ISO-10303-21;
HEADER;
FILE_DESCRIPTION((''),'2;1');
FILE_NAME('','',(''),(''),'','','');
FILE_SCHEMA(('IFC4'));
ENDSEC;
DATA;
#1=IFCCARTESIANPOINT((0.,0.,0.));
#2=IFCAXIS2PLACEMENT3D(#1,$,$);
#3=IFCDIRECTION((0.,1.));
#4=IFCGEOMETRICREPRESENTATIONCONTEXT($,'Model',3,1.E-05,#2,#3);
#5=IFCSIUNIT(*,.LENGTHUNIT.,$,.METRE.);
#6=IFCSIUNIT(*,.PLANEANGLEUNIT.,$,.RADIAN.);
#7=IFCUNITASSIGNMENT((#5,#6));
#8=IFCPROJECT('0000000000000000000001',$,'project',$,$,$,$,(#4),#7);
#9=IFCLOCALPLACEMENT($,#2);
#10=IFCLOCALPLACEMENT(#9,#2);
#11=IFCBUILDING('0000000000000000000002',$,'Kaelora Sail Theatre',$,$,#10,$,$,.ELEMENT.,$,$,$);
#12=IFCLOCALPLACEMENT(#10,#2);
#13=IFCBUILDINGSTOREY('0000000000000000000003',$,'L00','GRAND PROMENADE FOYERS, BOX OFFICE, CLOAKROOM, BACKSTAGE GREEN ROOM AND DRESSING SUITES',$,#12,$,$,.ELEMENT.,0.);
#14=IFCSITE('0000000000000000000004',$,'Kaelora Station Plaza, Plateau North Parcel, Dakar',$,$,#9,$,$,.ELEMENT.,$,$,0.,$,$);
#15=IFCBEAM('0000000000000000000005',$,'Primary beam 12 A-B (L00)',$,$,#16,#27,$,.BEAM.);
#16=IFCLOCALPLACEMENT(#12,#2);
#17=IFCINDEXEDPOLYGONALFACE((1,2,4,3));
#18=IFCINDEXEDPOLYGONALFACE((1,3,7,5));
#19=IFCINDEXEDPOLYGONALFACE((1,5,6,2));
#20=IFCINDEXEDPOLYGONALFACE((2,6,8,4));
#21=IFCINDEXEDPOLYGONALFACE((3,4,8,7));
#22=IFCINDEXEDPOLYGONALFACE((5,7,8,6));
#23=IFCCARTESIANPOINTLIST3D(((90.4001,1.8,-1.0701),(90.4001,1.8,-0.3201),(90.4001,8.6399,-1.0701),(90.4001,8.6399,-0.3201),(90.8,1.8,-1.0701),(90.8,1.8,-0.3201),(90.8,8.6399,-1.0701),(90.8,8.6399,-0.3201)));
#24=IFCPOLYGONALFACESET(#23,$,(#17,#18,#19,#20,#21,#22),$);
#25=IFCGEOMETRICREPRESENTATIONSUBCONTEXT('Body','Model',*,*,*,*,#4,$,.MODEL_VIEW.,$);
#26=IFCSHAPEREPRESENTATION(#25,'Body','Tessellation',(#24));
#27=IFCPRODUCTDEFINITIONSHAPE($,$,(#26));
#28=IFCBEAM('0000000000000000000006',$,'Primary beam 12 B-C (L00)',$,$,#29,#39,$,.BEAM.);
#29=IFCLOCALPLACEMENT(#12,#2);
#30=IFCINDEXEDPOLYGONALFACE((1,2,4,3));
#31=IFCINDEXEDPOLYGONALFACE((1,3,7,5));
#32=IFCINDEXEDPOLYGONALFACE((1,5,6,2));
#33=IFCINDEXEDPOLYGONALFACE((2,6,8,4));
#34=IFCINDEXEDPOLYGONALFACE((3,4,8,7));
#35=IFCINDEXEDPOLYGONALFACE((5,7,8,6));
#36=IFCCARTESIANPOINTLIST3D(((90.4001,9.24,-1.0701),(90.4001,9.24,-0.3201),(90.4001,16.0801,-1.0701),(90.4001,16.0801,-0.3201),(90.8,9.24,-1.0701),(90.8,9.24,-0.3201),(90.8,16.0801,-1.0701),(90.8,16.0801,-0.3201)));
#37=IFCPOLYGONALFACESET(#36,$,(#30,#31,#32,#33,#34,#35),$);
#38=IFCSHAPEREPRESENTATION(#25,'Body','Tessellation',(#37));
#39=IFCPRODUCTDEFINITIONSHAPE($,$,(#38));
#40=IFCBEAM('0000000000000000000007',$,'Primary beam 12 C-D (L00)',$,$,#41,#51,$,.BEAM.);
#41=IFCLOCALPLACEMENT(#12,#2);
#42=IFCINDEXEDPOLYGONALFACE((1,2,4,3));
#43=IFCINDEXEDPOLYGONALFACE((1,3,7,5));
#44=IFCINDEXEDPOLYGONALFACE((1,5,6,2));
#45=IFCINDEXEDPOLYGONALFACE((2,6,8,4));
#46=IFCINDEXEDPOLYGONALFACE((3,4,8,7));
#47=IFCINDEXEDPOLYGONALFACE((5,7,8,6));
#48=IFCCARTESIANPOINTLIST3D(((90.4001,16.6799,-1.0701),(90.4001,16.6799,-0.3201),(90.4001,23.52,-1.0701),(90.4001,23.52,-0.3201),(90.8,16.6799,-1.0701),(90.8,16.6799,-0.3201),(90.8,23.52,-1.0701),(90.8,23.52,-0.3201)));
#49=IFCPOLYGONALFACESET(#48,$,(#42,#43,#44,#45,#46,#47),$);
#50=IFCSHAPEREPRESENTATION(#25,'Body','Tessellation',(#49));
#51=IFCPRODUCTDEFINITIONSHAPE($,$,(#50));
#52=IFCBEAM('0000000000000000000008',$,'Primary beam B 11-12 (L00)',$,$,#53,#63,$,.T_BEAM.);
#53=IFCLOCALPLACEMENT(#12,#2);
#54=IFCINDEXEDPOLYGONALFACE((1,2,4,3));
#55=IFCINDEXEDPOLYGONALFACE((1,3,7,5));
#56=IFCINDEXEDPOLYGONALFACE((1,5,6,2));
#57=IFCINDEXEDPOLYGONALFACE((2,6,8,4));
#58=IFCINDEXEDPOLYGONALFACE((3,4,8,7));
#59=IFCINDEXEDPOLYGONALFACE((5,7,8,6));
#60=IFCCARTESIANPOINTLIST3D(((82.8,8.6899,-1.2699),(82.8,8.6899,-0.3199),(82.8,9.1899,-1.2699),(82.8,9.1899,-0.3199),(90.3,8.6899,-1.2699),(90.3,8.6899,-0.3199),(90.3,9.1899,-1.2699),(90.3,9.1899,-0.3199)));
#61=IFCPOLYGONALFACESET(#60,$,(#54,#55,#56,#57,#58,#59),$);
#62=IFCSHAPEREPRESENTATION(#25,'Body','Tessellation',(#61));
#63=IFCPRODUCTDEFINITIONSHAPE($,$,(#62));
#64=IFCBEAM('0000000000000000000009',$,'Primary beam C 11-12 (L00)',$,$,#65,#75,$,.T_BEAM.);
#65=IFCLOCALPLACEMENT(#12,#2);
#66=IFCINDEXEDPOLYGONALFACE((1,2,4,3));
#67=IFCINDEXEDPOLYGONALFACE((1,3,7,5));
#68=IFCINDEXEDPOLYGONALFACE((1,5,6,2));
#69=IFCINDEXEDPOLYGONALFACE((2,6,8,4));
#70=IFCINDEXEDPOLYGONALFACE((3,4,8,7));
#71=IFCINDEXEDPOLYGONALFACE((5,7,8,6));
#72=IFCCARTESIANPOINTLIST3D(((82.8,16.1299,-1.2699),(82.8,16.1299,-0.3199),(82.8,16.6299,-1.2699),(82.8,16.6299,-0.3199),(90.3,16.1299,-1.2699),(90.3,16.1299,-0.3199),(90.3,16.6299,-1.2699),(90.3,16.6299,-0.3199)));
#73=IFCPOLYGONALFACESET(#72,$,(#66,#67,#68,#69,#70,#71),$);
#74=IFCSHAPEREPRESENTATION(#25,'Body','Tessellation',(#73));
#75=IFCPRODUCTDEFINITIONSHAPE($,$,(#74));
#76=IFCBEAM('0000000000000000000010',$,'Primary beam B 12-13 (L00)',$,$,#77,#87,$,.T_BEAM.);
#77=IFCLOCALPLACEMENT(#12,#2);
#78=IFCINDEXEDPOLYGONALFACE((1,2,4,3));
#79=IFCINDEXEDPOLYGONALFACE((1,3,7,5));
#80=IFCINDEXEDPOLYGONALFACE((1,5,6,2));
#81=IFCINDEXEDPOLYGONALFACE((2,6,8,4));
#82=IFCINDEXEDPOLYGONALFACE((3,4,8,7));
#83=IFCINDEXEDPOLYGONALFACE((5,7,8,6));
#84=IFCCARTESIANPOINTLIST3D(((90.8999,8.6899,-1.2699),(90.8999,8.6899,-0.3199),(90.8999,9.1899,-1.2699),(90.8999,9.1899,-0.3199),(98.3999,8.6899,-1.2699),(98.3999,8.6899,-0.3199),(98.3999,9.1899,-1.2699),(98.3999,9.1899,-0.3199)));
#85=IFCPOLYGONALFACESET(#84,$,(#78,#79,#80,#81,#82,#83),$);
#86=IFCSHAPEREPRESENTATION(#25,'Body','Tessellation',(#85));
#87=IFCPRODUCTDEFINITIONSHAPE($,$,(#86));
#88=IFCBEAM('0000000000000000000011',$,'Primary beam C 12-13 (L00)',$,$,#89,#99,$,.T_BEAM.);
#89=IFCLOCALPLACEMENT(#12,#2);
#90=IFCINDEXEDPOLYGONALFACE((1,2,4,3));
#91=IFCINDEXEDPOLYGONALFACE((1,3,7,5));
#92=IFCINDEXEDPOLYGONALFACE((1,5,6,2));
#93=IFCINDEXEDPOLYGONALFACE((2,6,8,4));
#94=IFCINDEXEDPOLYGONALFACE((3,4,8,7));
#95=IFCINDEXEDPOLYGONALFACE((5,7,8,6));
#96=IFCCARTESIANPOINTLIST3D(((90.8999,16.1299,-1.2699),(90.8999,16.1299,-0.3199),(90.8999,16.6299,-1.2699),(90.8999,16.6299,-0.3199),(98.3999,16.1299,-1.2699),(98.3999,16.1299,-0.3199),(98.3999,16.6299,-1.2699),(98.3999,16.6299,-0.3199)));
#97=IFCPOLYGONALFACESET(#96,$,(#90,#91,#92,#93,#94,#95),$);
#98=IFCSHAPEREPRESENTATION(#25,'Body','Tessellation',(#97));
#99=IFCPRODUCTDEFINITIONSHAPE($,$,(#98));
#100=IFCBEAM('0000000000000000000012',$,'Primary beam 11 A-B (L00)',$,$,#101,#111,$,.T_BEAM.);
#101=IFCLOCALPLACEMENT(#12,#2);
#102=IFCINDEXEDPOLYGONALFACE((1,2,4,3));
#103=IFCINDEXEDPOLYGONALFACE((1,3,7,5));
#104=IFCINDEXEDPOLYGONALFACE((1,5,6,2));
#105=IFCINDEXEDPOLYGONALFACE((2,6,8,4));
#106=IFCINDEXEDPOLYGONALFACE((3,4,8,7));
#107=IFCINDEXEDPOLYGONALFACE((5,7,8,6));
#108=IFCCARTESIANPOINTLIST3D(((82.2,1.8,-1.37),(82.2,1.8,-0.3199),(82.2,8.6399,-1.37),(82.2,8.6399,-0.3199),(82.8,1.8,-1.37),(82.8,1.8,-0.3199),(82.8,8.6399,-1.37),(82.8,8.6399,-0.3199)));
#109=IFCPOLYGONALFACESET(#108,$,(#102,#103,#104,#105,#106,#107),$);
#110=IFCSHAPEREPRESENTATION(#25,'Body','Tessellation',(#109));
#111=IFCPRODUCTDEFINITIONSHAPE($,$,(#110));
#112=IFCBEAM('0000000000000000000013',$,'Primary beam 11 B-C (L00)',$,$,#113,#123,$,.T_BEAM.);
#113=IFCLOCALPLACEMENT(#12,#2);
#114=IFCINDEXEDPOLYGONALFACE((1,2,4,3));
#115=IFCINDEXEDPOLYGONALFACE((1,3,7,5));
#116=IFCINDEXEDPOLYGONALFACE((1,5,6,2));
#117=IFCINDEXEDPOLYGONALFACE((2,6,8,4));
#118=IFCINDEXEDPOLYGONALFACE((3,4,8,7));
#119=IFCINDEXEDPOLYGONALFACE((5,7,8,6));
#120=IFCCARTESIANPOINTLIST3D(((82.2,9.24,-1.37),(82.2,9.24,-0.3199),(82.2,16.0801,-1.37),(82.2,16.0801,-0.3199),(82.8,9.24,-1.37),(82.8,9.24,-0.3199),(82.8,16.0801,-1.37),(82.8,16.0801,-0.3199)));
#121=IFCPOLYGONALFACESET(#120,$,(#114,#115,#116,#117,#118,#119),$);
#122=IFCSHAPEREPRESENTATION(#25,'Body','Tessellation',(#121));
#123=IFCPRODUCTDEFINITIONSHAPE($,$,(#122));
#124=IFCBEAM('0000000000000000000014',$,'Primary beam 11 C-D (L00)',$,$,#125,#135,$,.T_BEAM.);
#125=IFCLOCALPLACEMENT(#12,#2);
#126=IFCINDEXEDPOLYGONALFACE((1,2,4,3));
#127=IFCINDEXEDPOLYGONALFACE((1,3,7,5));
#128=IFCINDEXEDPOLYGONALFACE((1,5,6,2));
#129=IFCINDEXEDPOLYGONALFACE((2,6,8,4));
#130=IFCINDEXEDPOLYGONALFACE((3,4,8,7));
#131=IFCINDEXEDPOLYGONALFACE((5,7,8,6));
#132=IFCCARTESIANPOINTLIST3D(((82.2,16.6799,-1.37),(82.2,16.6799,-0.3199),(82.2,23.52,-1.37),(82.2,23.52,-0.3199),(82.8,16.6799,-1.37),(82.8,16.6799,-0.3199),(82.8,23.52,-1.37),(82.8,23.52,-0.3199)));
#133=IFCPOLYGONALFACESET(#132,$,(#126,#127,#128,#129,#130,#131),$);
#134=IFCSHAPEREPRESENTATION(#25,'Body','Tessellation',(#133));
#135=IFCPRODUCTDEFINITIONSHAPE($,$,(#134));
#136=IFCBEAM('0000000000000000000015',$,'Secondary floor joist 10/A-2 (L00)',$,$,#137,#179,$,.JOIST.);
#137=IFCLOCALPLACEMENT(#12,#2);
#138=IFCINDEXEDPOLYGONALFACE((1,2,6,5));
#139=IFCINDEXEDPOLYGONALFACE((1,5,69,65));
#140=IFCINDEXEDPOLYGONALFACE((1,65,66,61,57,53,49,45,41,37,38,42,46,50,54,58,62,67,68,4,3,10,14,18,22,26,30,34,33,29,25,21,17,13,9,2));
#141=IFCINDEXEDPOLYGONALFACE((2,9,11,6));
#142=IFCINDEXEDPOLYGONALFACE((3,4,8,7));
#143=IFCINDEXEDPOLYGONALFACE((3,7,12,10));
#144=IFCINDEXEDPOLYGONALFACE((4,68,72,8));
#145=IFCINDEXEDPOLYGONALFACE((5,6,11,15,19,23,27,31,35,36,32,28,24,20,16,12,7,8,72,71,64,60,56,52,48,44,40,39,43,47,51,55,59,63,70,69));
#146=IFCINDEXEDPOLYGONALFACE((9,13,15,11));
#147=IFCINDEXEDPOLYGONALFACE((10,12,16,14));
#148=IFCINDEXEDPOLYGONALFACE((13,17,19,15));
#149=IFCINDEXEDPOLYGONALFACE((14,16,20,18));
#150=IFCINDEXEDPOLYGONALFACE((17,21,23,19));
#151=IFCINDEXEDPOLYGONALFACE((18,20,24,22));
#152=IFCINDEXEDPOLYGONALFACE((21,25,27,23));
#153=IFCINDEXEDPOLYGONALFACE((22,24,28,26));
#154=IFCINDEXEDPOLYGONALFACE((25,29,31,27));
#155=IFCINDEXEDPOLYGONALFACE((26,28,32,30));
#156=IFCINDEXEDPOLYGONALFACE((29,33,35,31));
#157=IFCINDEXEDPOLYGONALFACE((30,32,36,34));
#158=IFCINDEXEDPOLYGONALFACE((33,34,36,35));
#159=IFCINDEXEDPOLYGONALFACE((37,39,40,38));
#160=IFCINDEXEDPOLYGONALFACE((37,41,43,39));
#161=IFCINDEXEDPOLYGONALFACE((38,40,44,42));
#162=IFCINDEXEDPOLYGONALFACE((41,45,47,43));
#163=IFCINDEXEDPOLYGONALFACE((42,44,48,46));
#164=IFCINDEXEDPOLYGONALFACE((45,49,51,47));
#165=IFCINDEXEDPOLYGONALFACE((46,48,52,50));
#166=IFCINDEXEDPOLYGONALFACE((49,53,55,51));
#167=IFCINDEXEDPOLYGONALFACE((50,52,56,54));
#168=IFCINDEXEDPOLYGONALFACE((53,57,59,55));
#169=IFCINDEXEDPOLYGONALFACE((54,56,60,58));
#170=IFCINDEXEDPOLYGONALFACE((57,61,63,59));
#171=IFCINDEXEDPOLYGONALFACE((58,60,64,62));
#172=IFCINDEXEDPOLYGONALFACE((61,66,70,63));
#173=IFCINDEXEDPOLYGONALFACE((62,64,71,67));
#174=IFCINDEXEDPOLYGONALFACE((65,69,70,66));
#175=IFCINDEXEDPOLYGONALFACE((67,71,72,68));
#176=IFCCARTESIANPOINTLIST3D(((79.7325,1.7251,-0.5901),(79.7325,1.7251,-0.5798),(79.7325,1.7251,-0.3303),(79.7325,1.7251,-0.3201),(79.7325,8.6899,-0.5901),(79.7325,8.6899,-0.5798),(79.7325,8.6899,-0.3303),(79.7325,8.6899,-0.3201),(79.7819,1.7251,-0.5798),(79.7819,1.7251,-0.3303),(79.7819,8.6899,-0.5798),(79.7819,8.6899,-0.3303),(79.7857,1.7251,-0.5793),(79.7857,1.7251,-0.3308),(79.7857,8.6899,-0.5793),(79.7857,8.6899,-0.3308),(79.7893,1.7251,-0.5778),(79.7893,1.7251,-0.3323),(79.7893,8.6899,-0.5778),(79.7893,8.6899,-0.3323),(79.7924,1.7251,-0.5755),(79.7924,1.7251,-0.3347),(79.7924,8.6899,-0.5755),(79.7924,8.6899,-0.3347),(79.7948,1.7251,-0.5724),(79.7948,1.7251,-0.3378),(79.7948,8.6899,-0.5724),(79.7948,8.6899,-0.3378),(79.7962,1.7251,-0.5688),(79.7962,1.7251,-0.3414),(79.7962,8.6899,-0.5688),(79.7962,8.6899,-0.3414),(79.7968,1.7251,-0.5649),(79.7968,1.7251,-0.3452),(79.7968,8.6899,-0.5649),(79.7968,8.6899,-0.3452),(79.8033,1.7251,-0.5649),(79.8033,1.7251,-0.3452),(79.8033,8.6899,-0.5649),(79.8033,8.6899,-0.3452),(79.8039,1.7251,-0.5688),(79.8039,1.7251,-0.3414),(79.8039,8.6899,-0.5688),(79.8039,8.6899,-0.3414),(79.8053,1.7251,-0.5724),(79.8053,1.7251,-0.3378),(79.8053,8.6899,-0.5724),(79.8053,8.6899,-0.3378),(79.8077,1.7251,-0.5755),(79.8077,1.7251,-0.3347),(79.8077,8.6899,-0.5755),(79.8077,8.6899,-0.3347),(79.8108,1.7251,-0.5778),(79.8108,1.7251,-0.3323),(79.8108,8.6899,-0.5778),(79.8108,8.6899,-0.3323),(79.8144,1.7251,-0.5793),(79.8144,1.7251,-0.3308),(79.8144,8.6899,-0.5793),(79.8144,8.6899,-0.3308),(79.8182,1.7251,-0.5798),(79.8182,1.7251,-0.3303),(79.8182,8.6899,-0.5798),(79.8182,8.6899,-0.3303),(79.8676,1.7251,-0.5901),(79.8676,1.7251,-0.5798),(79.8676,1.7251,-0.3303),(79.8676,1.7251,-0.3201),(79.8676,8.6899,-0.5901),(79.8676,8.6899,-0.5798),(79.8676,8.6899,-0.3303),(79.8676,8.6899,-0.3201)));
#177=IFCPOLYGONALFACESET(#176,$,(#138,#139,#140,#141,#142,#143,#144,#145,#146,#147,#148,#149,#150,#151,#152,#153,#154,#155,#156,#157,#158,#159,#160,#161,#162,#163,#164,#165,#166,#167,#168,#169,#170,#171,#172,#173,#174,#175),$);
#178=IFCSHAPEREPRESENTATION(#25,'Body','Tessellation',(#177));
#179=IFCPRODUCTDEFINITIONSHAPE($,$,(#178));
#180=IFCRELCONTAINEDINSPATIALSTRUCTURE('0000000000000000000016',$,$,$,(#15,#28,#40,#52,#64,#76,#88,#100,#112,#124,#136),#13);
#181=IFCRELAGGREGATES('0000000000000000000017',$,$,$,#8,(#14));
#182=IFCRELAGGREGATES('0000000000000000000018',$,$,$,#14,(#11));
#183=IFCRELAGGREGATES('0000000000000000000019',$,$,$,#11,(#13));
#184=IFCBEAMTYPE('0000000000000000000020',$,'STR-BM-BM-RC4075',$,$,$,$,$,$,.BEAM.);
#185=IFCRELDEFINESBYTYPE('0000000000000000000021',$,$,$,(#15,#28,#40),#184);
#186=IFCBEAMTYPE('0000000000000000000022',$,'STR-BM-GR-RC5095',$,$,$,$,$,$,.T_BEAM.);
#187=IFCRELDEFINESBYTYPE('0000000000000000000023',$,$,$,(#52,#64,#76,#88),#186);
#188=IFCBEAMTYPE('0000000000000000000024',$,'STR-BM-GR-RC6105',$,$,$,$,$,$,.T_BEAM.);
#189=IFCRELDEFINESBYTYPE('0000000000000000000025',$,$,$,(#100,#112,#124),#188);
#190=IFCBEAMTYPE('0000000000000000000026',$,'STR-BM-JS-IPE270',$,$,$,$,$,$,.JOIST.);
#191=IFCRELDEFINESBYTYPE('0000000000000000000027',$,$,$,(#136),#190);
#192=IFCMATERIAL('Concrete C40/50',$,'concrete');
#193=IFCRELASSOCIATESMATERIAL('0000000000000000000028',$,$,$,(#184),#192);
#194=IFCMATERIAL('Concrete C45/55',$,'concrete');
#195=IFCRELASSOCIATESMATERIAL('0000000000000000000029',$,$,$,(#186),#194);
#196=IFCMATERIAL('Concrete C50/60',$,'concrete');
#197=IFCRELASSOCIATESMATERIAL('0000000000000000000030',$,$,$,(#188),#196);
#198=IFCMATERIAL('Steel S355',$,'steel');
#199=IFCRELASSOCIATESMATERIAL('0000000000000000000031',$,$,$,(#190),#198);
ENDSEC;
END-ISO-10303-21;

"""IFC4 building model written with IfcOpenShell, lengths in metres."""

from ifc_helpers import new_model, si_unit, direction, frame, origin, origin_2d, place, context, subcontext, project, spatial, rectangle, i_section, extrude, material, material_profile, profile_set, type_object, element, save


model = new_model("IFC4")

# Units and contexts
model_context = context("Model", 3, precision=1e-05, world=origin(), true_north=direction((0.0, 1.0)))
body_context = subcontext(model_context, "Body", "Model", "MODEL_VIEW")
ifc_project = project(units=[si_unit("LENGTHUNIT", "METRE"), si_unit("PLANEANGLEUNIT", "RADIAN")], contexts=[model_context])

# Site, building, storey
site_placement = place(None, origin())
site = spatial("IfcSite", under=ifc_project, at=site_placement, Name="Kaelora Station Plaza, Plateau North Parcel, Dakar", CompositionType="ELEMENT", RefElevation=0.0)
building_placement = place(site_placement, origin())
building = spatial("IfcBuilding", under=site, at=building_placement, Name="Kaelora Sail Theatre", CompositionType="ELEMENT")
storey_placement = place(building_placement, origin())
storey = spatial("IfcBuildingStorey", under=building, at=storey_placement, Name="L00", Description="GRAND PROMENADE FOYERS, BOX OFFICE, CLOAKROOM, BACKSTAGE GREEN ROOM AND DRESSING SUITES", CompositionType="ELEMENT", Elevation=0.0)

# Beams
ifc_material_1 = material(Name="Concrete C40/50", Category="concrete")
ifc_material_profile_1 = material_profile(ifc_material_1, rectangle(XDim=0.3999, YDim=0.75, at=origin_2d()), Name="RC-BM 400x750")
ifc_profile_set_1 = profile_set([ifc_material_profile_1], Name="Concrete C40/50")
beam_type_1 = type_object("IfcBeamType", Name="STR-BM-BM-RC4075", PredefinedType="BEAM", material=ifc_profile_set_1)
beam_1_placement = place(storey_placement, frame((90.6001, 1.8, -0.6951), z_axis=(0.0, 1.0, 0.0), x_axis=(-1.0, 0.0, 0.0)))
element("IfcBeam", 1, at=beam_1_placement, inside=storey, type_object=beam_type_1, Name="Primary beam 12 A-B (L00)", PredefinedType="BEAM", context=body_context, shape_type="SweptSolid", body=[
    extrude(rectangle(XDim=0.3999, YDim=0.75, at=origin_2d()), origin(), (0.0, 0.0, 1.0), 6.8398),
])
for number, where, z_axis, x_axis, name in (
    (2, (90.6001, 9.24, -0.6951), (0.0, 1.0, 0.0), (-1.0, 0.0, 0.0), "Primary beam 12 B-C (L00)"),
    (3, (90.6001, 16.6799, -0.6951), (0.0, 1.0, 0.0), (-1.0, 0.0, 0.0), "Primary beam 12 C-D (L00)"),
):
    element("IfcBeam", number, at=place(storey_placement, frame(where, z_axis=z_axis, x_axis=x_axis)), inside=storey, type_object=beam_type_1, Name=name, PredefinedType="BEAM", context=body_context, shape_type="SweptSolid", body=[
        extrude(rectangle(XDim=0.3999, YDim=0.75, at=origin_2d()), origin(), (0.0, 0.0, 1.0), 6.8401),
    ])
ifc_material_2 = material(Name="Concrete C45/55", Category="concrete")
ifc_material_profile_2 = material_profile(ifc_material_2, rectangle(XDim=0.5, YDim=0.95, at=origin_2d()), Name="RC-GRD 500x950")
ifc_profile_set_2 = profile_set([ifc_material_profile_2], Name="Concrete C45/55")
beam_type_2 = type_object("IfcBeamType", Name="STR-BM-GR-RC5095", PredefinedType="T_BEAM", material=ifc_profile_set_2)
for number, where, z_axis, x_axis, name in (
    (4, (82.8, 8.9399, -0.7949), (1.0, 0.0, 0.0), (0.0, 1.0, 0.0), "Primary beam B 11-12 (L00)"),
    (5, (82.8, 16.3799, -0.7949), (1.0, 0.0, 0.0), (0.0, 1.0, 0.0), "Primary beam C 11-12 (L00)"),
    (6, (90.8999, 8.9399, -0.7949), (1.0, 0.0, 0.0), (0.0, 1.0, 0.0), "Primary beam B 12-13 (L00)"),
    (7, (90.8999, 16.3799, -0.7949), (1.0, 0.0, 0.0), (0.0, 1.0, 0.0), "Primary beam C 12-13 (L00)"),
):
    element("IfcBeam", number, at=place(storey_placement, frame(where, z_axis=z_axis, x_axis=x_axis)), inside=storey, type_object=beam_type_2, Name=name, PredefinedType="T_BEAM", context=body_context, shape_type="SweptSolid", body=[
        extrude(rectangle(XDim=0.5, YDim=0.95, at=origin_2d()), origin(), (0.0, 0.0, 1.0), 7.5),
    ])
ifc_material_3 = material(Name="Concrete C50/60", Category="concrete")
ifc_material_profile_3 = material_profile(ifc_material_3, rectangle(XDim=0.6001, YDim=1.05, at=origin_2d()), Name="RC-GRD 600x1050")
ifc_profile_set_3 = profile_set([ifc_material_profile_3], Name="Concrete C50/60")
beam_type_3 = type_object("IfcBeamType", Name="STR-BM-GR-RC6105", PredefinedType="T_BEAM", material=ifc_profile_set_3)
beam_2_placement = place(storey_placement, frame((82.5, 1.8, -0.845), z_axis=(0.0, 1.0, 0.0), x_axis=(-1.0, 0.0, 0.0)))
element("IfcBeam", 8, at=beam_2_placement, inside=storey, type_object=beam_type_3, Name="Primary beam 11 A-B (L00)", PredefinedType="T_BEAM", context=body_context, shape_type="SweptSolid", body=[
    extrude(rectangle(XDim=0.6001, YDim=1.05, at=origin_2d()), origin(), (0.0, 0.0, 1.0), 6.8398),
])
for number, where, z_axis, x_axis, name in (
    (9, (82.5, 9.24, -0.845), (0.0, 1.0, 0.0), (-1.0, 0.0, 0.0), "Primary beam 11 B-C (L00)"),
    (10, (82.5, 16.6799, -0.845), (0.0, 1.0, 0.0), (-1.0, 0.0, 0.0), "Primary beam 11 C-D (L00)"),
):
    element("IfcBeam", number, at=place(storey_placement, frame(where, z_axis=z_axis, x_axis=x_axis)), inside=storey, type_object=beam_type_3, Name=name, PredefinedType="T_BEAM", context=body_context, shape_type="SweptSolid", body=[
        extrude(rectangle(XDim=0.6001, YDim=1.05, at=origin_2d()), origin(), (0.0, 0.0, 1.0), 6.8401),
    ])
ifc_material_4 = material(Name="Steel S355", Category="steel")
ifc_material_profile_4 = material_profile(ifc_material_4, i_section(OverallWidth=0.135, OverallDepth=0.27, WebThickness=0.0066, FlangeThickness=0.0103, FilletRadius=0.0149, at=origin_2d()), Name="IPE 270")
ifc_profile_set_4 = profile_set([ifc_material_profile_4], Name="Steel S355")
beam_type_4 = type_object("IfcBeamType", Name="STR-BM-JS-IPE270", PredefinedType="JOIST", material=ifc_profile_set_4)
for number, where, z_axis, x_axis, name in (
    (11, (79.8, 1.7251, -0.4551), (0.0, 1.0, 0.0), (-1.0, 0.0, 0.0), "Secondary floor joist 10/A-2 (L00)"),
):
    element("IfcBeam", number, at=place(storey_placement, frame(where, z_axis=z_axis, x_axis=x_axis)), inside=storey, type_object=beam_type_4, Name=name, PredefinedType="JOIST", context=body_context, shape_type="SweptSolid", body=[
        extrude(i_section(OverallWidth=0.135, OverallDepth=0.27, WebThickness=0.0066, FlangeThickness=0.0103, FilletRadius=0.0149, at=origin_2d()), origin(), (0.0, 0.0, 1.0), 6.9648),
    ])

save(model, "model.ifc")
